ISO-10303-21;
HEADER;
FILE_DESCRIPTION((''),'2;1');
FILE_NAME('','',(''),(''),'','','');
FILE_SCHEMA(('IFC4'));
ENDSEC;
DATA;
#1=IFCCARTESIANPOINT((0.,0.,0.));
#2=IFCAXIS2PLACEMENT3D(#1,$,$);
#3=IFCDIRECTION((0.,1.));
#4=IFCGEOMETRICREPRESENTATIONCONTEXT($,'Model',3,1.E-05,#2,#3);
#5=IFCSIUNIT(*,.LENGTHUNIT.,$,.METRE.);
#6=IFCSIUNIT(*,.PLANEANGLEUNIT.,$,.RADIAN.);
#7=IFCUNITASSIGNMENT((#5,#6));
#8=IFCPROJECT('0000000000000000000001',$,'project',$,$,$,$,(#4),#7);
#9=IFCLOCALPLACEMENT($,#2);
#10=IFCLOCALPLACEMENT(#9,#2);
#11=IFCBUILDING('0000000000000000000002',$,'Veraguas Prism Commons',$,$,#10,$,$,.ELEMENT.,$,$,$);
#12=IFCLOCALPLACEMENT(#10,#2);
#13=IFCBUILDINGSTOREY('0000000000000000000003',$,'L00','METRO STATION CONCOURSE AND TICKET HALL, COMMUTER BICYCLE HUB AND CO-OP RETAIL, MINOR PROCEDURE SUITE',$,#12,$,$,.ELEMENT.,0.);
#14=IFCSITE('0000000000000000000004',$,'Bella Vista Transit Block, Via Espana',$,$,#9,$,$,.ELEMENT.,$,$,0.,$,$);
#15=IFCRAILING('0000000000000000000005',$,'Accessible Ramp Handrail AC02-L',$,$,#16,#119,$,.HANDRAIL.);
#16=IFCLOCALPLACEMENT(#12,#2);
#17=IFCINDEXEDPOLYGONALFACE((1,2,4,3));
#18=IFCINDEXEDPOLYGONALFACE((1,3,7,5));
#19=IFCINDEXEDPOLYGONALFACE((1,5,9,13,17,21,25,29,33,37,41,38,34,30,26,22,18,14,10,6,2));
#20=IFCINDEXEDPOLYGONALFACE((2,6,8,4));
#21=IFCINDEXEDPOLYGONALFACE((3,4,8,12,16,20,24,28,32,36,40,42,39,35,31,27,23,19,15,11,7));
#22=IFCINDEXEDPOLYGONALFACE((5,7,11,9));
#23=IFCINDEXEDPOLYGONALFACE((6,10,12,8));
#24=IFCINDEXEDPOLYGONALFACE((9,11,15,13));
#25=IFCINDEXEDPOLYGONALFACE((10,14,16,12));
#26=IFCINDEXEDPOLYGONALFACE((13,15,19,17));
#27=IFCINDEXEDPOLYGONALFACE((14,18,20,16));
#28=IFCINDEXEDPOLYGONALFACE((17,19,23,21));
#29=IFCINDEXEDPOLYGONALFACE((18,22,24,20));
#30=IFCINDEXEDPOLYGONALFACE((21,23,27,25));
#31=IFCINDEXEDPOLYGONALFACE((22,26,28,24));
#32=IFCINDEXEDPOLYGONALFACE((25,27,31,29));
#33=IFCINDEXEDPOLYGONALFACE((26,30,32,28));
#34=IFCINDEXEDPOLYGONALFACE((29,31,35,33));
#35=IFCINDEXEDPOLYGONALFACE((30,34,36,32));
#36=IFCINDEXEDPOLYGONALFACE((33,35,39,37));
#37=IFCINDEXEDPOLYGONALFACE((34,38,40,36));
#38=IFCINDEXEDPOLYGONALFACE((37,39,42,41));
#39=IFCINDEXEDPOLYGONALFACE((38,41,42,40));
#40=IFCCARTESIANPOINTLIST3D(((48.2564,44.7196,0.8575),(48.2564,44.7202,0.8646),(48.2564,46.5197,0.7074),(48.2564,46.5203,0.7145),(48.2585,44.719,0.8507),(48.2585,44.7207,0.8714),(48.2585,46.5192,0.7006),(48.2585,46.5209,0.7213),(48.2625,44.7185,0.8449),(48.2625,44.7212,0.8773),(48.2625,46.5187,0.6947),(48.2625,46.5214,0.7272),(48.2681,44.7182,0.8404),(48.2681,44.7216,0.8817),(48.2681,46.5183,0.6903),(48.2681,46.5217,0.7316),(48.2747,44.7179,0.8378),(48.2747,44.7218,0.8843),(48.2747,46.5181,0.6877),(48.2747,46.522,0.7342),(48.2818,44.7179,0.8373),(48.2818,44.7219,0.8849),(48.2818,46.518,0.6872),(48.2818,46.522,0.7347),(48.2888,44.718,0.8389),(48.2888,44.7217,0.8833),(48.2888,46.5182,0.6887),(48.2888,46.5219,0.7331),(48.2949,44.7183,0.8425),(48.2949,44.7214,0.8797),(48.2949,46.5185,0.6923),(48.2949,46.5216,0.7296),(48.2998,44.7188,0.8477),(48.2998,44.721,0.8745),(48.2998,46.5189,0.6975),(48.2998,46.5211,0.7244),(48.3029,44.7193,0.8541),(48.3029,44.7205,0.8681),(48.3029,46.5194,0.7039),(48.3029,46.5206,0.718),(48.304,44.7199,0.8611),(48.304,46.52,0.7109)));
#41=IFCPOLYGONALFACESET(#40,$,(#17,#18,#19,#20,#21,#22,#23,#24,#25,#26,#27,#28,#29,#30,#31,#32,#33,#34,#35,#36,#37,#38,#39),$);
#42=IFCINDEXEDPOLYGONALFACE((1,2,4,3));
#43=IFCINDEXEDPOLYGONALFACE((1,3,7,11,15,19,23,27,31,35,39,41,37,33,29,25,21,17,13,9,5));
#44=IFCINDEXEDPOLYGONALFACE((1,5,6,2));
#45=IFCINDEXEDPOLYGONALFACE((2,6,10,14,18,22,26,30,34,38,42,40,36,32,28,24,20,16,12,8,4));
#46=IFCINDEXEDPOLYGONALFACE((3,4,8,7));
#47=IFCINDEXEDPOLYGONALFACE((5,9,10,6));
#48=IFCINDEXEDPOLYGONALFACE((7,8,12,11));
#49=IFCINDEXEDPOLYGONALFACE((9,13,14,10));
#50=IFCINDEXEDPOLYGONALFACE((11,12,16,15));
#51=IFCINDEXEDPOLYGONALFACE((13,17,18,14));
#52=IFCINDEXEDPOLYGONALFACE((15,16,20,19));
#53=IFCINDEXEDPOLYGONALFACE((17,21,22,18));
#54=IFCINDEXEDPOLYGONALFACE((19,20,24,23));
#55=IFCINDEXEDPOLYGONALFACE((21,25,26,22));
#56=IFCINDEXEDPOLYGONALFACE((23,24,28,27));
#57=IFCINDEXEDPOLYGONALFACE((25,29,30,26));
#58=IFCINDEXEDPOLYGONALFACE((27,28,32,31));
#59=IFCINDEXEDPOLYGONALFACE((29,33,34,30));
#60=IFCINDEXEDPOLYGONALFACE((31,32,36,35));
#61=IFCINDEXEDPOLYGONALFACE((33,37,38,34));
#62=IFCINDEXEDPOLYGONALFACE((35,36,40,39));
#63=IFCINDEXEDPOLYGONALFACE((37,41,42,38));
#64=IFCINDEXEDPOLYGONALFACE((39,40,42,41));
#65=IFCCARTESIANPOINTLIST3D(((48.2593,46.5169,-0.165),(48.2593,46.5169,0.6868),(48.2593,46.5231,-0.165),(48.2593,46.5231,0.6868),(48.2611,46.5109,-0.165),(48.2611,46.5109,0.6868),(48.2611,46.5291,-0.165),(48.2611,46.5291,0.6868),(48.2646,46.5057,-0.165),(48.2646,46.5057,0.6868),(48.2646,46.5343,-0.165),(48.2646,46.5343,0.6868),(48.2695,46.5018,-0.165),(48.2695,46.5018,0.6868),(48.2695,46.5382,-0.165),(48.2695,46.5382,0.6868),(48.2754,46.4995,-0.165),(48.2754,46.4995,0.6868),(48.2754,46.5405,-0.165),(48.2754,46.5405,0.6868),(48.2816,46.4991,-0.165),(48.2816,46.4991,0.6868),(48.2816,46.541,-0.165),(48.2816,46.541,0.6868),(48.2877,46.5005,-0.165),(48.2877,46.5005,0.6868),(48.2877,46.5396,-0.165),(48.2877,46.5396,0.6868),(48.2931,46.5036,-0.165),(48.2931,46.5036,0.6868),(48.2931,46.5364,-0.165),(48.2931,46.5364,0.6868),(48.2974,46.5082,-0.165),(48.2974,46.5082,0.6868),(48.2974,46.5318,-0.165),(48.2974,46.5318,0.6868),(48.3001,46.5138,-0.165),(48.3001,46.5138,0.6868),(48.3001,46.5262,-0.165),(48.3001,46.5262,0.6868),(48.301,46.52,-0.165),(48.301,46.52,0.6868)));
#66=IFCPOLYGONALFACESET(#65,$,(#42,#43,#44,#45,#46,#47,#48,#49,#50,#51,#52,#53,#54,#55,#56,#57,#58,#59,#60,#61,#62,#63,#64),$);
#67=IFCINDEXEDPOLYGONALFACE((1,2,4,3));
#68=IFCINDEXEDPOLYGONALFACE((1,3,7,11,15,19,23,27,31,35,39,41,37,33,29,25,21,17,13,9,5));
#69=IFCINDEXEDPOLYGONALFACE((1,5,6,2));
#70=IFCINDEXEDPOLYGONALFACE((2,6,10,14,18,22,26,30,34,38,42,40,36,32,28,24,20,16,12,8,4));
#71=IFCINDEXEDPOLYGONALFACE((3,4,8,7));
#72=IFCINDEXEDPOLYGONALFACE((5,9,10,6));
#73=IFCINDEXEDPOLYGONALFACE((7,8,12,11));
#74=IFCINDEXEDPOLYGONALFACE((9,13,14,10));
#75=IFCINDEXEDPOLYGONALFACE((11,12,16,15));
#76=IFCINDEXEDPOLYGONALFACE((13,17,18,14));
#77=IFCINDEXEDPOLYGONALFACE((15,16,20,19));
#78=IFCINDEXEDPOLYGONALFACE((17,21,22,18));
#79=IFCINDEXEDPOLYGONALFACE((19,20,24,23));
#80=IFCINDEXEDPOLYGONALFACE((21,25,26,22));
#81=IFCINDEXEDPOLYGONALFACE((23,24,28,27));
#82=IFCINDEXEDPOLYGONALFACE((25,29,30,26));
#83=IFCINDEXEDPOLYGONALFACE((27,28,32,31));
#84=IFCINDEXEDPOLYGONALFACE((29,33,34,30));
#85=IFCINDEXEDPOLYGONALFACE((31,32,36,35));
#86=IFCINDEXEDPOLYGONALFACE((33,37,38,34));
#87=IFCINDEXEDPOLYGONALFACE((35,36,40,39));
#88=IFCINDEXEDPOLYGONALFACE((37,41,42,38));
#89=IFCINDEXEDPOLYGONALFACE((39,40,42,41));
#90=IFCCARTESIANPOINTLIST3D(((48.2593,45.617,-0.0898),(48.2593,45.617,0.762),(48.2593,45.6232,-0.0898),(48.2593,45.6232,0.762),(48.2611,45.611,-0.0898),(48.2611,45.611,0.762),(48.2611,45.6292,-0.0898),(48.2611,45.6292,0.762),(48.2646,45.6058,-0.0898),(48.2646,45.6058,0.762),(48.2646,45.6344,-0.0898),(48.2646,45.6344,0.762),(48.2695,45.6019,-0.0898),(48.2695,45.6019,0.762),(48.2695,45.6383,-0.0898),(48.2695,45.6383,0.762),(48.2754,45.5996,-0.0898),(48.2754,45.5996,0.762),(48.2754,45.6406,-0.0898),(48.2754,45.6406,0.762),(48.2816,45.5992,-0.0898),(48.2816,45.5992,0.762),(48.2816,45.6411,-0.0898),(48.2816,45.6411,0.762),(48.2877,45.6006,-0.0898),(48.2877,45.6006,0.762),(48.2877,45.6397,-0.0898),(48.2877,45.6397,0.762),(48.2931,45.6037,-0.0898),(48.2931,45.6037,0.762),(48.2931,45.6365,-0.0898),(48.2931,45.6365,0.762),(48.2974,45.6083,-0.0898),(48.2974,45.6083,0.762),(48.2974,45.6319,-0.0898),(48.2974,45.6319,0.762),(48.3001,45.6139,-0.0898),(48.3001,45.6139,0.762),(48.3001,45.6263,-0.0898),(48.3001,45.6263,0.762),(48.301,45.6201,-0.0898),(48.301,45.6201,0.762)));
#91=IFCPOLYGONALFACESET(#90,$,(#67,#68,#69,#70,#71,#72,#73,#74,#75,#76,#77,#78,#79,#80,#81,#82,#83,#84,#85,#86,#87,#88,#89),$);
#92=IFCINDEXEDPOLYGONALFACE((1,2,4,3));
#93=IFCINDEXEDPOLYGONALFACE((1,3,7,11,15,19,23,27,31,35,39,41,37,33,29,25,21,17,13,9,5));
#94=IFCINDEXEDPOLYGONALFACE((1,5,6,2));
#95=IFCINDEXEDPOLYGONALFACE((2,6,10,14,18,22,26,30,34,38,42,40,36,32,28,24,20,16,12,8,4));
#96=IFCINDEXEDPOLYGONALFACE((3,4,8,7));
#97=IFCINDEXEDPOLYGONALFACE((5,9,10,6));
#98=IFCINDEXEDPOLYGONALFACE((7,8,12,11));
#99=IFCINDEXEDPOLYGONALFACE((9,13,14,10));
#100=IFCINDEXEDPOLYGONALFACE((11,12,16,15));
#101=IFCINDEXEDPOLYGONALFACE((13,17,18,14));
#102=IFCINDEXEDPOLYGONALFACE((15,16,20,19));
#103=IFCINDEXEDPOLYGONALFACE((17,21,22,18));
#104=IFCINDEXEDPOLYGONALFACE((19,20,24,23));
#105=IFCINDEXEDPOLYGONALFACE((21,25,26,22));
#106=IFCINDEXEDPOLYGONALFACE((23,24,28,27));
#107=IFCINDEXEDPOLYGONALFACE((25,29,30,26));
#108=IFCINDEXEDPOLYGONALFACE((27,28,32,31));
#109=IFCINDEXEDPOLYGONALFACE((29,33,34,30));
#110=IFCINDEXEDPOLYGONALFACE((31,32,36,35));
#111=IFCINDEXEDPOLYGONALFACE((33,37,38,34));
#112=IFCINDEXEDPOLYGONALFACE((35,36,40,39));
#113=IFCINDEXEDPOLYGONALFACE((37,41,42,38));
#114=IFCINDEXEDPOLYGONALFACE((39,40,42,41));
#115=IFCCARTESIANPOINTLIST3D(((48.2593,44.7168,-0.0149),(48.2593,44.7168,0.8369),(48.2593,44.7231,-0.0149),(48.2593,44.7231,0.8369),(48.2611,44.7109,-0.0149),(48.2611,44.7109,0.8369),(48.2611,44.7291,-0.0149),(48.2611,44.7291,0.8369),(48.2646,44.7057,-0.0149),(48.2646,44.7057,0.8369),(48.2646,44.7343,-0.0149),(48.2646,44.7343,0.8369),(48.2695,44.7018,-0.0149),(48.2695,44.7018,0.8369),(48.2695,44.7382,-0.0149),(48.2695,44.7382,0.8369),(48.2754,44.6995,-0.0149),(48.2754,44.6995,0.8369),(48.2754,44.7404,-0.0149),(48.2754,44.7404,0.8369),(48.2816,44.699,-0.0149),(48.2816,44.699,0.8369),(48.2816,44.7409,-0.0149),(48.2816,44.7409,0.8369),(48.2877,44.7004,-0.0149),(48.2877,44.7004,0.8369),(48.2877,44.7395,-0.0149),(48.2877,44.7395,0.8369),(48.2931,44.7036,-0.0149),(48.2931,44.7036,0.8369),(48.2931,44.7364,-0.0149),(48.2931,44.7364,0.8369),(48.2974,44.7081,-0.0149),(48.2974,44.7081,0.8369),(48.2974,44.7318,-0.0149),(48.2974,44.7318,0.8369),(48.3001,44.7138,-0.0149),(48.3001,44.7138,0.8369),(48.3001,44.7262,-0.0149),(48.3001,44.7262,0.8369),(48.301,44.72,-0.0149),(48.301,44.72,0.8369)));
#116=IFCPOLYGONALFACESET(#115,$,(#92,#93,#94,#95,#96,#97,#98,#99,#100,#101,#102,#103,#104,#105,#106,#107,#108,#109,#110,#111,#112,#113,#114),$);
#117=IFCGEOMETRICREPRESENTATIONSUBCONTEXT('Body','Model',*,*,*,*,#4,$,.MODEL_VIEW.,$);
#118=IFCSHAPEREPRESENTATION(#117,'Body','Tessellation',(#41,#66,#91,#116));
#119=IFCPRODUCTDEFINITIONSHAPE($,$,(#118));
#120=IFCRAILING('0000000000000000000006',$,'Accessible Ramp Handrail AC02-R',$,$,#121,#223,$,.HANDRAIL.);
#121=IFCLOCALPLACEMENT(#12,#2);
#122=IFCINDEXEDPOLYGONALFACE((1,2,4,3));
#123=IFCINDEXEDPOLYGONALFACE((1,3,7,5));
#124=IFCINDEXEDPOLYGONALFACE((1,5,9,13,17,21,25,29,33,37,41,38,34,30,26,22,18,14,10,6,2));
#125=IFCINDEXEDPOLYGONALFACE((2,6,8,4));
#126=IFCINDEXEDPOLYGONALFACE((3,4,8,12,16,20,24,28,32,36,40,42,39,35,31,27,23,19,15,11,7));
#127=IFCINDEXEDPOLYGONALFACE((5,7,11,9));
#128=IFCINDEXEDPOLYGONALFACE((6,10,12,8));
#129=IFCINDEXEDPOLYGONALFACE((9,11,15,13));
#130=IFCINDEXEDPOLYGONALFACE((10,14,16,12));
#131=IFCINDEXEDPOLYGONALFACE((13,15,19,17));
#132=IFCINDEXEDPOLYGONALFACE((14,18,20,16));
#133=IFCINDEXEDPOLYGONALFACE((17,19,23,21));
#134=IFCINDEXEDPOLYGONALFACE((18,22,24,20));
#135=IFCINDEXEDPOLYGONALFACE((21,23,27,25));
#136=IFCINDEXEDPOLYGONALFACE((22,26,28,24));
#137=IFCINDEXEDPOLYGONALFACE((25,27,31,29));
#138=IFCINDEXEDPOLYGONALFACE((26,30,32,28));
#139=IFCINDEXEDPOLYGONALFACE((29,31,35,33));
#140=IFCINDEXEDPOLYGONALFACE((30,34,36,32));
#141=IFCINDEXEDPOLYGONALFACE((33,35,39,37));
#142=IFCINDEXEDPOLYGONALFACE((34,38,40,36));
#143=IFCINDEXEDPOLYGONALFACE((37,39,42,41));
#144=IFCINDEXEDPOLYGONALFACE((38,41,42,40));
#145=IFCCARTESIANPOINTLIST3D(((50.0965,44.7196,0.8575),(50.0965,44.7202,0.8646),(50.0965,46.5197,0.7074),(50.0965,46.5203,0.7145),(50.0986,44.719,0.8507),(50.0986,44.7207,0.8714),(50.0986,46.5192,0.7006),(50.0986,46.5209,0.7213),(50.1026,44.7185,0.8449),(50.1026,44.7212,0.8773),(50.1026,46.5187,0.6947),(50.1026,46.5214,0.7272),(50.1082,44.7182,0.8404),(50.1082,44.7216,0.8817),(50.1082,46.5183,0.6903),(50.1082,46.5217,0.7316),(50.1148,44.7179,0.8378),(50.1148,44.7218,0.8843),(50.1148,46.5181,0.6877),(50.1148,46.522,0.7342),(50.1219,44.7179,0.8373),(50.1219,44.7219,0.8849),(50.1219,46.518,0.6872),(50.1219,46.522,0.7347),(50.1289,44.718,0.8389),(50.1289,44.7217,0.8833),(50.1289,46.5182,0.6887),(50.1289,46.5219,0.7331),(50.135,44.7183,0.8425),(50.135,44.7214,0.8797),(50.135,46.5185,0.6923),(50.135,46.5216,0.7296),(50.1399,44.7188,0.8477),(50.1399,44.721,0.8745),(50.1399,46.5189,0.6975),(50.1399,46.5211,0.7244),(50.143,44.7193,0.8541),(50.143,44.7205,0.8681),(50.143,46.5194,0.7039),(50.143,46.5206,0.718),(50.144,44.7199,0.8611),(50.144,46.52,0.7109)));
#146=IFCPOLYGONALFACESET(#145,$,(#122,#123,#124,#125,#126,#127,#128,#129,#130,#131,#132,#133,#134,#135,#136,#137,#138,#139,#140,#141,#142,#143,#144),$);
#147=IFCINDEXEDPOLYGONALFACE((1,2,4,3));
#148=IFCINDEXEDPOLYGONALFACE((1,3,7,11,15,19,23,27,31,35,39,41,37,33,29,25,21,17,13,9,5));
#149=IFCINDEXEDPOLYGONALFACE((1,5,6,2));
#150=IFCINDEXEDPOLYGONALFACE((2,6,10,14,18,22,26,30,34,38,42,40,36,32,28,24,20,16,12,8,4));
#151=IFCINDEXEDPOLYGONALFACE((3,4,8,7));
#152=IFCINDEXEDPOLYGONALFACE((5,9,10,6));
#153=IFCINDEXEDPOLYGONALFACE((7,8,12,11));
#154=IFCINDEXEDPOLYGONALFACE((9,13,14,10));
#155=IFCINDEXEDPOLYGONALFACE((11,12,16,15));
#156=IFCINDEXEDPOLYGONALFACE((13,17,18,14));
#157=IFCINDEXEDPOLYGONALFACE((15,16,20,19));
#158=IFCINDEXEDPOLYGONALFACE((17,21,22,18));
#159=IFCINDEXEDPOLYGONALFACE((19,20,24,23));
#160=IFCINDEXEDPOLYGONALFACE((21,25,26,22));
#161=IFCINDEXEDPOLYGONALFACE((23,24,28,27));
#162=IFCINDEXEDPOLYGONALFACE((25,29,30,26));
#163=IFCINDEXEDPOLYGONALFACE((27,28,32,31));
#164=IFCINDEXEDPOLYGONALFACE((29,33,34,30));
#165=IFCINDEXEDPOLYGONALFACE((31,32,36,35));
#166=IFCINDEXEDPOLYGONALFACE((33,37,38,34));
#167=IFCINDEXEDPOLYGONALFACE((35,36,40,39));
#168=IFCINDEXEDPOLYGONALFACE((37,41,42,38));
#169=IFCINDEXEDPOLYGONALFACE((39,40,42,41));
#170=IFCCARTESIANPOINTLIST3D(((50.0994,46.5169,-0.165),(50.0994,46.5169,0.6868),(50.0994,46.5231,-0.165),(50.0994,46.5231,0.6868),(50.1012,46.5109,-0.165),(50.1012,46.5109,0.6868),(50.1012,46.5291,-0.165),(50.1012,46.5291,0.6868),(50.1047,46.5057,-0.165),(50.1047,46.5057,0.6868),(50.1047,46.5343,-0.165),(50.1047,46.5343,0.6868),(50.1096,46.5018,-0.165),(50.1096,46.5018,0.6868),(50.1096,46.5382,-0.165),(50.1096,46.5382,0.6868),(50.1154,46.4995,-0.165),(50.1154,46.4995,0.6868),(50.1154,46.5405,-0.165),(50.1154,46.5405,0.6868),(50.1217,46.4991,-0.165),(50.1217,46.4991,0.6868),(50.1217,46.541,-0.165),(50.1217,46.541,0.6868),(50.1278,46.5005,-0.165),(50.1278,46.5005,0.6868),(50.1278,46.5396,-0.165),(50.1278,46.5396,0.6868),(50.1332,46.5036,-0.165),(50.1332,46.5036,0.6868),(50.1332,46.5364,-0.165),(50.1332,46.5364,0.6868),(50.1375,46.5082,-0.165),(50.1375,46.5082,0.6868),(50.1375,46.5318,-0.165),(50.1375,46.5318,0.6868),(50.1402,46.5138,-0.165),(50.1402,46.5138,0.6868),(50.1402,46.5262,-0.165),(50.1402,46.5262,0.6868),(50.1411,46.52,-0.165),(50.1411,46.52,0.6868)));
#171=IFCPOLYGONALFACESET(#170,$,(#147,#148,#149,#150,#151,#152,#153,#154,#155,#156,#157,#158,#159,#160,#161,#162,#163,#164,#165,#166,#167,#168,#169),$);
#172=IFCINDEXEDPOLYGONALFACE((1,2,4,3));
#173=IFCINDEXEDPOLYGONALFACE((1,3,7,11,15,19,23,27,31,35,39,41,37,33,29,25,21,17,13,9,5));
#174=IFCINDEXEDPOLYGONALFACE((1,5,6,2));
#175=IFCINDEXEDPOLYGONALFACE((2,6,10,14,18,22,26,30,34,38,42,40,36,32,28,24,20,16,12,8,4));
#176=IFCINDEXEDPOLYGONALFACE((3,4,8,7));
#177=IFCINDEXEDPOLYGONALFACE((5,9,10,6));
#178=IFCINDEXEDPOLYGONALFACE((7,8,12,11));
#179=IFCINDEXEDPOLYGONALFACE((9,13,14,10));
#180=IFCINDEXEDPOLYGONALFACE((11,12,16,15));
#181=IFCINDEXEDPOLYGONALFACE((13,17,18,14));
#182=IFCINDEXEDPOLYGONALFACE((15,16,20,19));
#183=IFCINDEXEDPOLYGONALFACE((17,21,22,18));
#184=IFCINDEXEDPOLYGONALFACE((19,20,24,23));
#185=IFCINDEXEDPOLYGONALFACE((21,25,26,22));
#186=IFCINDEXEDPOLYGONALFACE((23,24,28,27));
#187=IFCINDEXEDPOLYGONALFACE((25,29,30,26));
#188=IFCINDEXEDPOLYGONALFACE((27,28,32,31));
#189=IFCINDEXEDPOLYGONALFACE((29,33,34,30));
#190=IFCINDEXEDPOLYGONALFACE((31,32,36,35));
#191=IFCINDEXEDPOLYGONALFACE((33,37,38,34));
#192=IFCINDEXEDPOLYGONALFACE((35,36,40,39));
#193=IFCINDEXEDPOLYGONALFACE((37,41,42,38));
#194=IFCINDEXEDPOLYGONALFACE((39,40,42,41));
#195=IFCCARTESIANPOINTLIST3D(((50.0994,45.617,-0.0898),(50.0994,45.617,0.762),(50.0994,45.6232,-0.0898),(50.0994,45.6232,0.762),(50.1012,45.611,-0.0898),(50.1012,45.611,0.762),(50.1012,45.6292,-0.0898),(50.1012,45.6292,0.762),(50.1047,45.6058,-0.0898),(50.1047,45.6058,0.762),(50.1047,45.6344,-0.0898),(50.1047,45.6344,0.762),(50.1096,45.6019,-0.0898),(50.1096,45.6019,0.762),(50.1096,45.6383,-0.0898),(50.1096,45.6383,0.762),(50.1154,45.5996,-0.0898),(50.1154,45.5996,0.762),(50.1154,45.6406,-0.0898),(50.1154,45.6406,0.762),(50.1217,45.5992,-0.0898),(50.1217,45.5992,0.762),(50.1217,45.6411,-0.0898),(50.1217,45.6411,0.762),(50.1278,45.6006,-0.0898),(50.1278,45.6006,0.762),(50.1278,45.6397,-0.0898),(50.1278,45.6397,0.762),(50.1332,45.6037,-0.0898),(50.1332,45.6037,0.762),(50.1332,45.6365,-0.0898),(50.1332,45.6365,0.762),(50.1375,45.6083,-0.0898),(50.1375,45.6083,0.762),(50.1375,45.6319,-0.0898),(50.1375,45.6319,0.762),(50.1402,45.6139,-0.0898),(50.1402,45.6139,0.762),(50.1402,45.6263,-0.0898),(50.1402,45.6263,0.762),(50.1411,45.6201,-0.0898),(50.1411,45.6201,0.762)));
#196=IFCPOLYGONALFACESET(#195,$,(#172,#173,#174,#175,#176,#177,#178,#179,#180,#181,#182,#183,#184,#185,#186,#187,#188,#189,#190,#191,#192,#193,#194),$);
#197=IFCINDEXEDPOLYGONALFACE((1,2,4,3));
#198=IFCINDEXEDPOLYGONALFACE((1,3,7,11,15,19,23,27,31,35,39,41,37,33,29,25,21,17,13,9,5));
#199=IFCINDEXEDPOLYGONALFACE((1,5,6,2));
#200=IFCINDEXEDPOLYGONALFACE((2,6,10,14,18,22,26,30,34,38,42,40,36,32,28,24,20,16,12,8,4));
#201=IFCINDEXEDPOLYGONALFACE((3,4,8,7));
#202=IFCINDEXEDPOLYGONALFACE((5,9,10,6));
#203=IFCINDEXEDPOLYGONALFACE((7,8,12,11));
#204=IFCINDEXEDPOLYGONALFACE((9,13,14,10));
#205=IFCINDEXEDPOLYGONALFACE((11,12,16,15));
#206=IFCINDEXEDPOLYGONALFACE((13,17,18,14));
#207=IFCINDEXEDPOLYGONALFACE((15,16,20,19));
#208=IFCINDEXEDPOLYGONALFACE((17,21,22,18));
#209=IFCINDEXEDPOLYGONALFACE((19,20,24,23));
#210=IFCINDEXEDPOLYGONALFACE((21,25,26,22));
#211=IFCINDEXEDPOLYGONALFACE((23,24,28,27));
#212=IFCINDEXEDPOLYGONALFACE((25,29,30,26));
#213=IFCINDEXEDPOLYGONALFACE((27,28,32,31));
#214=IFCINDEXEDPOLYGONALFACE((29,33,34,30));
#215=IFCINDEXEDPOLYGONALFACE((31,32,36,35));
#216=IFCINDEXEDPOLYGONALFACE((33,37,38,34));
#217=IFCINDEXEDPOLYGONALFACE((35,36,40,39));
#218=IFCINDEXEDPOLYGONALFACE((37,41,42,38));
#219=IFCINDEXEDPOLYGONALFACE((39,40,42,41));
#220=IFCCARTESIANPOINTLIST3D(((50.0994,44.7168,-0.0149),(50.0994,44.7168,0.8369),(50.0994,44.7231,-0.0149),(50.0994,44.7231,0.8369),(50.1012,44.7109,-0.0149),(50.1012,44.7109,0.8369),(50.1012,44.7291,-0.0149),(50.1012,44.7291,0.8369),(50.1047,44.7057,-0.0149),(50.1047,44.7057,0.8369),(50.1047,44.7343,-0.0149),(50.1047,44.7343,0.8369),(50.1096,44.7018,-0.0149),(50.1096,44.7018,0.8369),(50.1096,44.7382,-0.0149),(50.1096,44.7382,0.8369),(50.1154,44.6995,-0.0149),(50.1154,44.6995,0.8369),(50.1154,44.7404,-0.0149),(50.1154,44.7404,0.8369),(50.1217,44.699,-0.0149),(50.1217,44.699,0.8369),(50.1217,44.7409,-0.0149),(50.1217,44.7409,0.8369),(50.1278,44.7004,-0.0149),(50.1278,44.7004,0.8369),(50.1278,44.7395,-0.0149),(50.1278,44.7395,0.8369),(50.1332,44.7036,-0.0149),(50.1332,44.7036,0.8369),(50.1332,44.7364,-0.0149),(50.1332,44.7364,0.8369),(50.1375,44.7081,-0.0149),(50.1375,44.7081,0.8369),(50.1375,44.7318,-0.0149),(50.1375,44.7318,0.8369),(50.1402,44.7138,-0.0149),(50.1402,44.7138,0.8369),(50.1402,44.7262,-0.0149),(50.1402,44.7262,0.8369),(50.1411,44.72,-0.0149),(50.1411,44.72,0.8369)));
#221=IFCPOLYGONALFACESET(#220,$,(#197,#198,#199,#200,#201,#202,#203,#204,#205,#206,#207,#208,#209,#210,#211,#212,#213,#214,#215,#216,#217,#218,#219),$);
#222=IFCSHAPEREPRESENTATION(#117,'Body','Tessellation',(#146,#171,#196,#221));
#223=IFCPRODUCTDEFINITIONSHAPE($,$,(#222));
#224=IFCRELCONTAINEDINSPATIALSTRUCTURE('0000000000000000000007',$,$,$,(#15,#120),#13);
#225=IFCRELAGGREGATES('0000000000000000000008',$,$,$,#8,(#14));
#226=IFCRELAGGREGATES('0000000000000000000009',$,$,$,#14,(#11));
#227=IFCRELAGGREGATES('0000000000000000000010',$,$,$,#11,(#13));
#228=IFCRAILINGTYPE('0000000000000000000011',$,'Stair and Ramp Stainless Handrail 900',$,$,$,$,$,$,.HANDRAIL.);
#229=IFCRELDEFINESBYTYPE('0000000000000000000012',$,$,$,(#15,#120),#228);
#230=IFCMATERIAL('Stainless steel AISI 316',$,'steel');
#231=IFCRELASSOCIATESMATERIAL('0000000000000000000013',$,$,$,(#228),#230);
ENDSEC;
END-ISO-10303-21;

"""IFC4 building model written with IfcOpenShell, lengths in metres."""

from ifc_helpers import new_model, si_unit, direction, frame, origin, origin_2d, place, context, subcontext, project, spatial, circle, extrude, material, type_object, element, save


model = new_model("IFC4")

# Units and contexts
model_context = context("Model", 3, precision=1e-05, world=origin(), true_north=direction((0.0, 1.0)))
body_context = subcontext(model_context, "Body", "Model", "MODEL_VIEW")
ifc_project = project(units=[si_unit("LENGTHUNIT", "METRE"), si_unit("PLANEANGLEUNIT", "RADIAN")], contexts=[model_context])

# Site, building, storey
site_placement = place(None, origin())
site = spatial("IfcSite", under=ifc_project, at=site_placement, Name="Bella Vista Transit Block, Via Espana", CompositionType="ELEMENT", RefElevation=0.0)
building_placement = place(site_placement, origin())
building = spatial("IfcBuilding", under=site, at=building_placement, Name="Veraguas Prism Commons", CompositionType="ELEMENT")
storey_placement = place(building_placement, origin())
storey = spatial("IfcBuildingStorey", under=building, at=storey_placement, Name="L00", Description="METRO STATION CONCOURSE AND TICKET HALL, COMMUTER BICYCLE HUB AND CO-OP RETAIL, MINOR PROCEDURE SUITE", CompositionType="ELEMENT", Elevation=0.0)

# Railings
ifc_material_1 = material(Name="Stainless steel AISI 316", Category="steel")
railing_type = type_object("IfcRailingType", Name="Stair and Ramp Stainless Handrail 900", PredefinedType="HANDRAIL", material=ifc_material_1)
for number, where, name in (
    (1, (48.28, 46.52, -0.165), "Accessible Ramp Handrail AC02-L"),
    (2, (50.1201, 46.52, -0.165), "Accessible Ramp Handrail AC02-R"),
):
    element("IfcRailing", number, at=place(storey_placement, frame(where)), inside=storey, type_object=railing_type, Name=name, PredefinedType="HANDRAIL", context=body_context, shape_type="SweptSolid", body=[
        extrude(circle(Radius=0.0239, at=origin_2d()), frame((0.0, 0.0, 0.876), z_axis=(0.0, -0.996539, 0.083124), x_axis=(1.0, 0.0, 0.0)), (0.0, 0.0, 1.0), 1.8064),
        extrude(circle(Radius=0.021, at=origin_2d()), origin(), (0.0, 0.0, 1.0), 0.8518),
        extrude(circle(Radius=0.021, at=origin_2d()), frame((0.0, -0.8999, 0.0752)), (0.0, 0.0, 1.0), 0.8518),
        extrude(circle(Radius=0.021, at=origin_2d()), frame((0.0, -1.8, 0.1501)), (0.0, 0.0, 1.0), 0.8518),
    ])

save(model, "model.ifc")
